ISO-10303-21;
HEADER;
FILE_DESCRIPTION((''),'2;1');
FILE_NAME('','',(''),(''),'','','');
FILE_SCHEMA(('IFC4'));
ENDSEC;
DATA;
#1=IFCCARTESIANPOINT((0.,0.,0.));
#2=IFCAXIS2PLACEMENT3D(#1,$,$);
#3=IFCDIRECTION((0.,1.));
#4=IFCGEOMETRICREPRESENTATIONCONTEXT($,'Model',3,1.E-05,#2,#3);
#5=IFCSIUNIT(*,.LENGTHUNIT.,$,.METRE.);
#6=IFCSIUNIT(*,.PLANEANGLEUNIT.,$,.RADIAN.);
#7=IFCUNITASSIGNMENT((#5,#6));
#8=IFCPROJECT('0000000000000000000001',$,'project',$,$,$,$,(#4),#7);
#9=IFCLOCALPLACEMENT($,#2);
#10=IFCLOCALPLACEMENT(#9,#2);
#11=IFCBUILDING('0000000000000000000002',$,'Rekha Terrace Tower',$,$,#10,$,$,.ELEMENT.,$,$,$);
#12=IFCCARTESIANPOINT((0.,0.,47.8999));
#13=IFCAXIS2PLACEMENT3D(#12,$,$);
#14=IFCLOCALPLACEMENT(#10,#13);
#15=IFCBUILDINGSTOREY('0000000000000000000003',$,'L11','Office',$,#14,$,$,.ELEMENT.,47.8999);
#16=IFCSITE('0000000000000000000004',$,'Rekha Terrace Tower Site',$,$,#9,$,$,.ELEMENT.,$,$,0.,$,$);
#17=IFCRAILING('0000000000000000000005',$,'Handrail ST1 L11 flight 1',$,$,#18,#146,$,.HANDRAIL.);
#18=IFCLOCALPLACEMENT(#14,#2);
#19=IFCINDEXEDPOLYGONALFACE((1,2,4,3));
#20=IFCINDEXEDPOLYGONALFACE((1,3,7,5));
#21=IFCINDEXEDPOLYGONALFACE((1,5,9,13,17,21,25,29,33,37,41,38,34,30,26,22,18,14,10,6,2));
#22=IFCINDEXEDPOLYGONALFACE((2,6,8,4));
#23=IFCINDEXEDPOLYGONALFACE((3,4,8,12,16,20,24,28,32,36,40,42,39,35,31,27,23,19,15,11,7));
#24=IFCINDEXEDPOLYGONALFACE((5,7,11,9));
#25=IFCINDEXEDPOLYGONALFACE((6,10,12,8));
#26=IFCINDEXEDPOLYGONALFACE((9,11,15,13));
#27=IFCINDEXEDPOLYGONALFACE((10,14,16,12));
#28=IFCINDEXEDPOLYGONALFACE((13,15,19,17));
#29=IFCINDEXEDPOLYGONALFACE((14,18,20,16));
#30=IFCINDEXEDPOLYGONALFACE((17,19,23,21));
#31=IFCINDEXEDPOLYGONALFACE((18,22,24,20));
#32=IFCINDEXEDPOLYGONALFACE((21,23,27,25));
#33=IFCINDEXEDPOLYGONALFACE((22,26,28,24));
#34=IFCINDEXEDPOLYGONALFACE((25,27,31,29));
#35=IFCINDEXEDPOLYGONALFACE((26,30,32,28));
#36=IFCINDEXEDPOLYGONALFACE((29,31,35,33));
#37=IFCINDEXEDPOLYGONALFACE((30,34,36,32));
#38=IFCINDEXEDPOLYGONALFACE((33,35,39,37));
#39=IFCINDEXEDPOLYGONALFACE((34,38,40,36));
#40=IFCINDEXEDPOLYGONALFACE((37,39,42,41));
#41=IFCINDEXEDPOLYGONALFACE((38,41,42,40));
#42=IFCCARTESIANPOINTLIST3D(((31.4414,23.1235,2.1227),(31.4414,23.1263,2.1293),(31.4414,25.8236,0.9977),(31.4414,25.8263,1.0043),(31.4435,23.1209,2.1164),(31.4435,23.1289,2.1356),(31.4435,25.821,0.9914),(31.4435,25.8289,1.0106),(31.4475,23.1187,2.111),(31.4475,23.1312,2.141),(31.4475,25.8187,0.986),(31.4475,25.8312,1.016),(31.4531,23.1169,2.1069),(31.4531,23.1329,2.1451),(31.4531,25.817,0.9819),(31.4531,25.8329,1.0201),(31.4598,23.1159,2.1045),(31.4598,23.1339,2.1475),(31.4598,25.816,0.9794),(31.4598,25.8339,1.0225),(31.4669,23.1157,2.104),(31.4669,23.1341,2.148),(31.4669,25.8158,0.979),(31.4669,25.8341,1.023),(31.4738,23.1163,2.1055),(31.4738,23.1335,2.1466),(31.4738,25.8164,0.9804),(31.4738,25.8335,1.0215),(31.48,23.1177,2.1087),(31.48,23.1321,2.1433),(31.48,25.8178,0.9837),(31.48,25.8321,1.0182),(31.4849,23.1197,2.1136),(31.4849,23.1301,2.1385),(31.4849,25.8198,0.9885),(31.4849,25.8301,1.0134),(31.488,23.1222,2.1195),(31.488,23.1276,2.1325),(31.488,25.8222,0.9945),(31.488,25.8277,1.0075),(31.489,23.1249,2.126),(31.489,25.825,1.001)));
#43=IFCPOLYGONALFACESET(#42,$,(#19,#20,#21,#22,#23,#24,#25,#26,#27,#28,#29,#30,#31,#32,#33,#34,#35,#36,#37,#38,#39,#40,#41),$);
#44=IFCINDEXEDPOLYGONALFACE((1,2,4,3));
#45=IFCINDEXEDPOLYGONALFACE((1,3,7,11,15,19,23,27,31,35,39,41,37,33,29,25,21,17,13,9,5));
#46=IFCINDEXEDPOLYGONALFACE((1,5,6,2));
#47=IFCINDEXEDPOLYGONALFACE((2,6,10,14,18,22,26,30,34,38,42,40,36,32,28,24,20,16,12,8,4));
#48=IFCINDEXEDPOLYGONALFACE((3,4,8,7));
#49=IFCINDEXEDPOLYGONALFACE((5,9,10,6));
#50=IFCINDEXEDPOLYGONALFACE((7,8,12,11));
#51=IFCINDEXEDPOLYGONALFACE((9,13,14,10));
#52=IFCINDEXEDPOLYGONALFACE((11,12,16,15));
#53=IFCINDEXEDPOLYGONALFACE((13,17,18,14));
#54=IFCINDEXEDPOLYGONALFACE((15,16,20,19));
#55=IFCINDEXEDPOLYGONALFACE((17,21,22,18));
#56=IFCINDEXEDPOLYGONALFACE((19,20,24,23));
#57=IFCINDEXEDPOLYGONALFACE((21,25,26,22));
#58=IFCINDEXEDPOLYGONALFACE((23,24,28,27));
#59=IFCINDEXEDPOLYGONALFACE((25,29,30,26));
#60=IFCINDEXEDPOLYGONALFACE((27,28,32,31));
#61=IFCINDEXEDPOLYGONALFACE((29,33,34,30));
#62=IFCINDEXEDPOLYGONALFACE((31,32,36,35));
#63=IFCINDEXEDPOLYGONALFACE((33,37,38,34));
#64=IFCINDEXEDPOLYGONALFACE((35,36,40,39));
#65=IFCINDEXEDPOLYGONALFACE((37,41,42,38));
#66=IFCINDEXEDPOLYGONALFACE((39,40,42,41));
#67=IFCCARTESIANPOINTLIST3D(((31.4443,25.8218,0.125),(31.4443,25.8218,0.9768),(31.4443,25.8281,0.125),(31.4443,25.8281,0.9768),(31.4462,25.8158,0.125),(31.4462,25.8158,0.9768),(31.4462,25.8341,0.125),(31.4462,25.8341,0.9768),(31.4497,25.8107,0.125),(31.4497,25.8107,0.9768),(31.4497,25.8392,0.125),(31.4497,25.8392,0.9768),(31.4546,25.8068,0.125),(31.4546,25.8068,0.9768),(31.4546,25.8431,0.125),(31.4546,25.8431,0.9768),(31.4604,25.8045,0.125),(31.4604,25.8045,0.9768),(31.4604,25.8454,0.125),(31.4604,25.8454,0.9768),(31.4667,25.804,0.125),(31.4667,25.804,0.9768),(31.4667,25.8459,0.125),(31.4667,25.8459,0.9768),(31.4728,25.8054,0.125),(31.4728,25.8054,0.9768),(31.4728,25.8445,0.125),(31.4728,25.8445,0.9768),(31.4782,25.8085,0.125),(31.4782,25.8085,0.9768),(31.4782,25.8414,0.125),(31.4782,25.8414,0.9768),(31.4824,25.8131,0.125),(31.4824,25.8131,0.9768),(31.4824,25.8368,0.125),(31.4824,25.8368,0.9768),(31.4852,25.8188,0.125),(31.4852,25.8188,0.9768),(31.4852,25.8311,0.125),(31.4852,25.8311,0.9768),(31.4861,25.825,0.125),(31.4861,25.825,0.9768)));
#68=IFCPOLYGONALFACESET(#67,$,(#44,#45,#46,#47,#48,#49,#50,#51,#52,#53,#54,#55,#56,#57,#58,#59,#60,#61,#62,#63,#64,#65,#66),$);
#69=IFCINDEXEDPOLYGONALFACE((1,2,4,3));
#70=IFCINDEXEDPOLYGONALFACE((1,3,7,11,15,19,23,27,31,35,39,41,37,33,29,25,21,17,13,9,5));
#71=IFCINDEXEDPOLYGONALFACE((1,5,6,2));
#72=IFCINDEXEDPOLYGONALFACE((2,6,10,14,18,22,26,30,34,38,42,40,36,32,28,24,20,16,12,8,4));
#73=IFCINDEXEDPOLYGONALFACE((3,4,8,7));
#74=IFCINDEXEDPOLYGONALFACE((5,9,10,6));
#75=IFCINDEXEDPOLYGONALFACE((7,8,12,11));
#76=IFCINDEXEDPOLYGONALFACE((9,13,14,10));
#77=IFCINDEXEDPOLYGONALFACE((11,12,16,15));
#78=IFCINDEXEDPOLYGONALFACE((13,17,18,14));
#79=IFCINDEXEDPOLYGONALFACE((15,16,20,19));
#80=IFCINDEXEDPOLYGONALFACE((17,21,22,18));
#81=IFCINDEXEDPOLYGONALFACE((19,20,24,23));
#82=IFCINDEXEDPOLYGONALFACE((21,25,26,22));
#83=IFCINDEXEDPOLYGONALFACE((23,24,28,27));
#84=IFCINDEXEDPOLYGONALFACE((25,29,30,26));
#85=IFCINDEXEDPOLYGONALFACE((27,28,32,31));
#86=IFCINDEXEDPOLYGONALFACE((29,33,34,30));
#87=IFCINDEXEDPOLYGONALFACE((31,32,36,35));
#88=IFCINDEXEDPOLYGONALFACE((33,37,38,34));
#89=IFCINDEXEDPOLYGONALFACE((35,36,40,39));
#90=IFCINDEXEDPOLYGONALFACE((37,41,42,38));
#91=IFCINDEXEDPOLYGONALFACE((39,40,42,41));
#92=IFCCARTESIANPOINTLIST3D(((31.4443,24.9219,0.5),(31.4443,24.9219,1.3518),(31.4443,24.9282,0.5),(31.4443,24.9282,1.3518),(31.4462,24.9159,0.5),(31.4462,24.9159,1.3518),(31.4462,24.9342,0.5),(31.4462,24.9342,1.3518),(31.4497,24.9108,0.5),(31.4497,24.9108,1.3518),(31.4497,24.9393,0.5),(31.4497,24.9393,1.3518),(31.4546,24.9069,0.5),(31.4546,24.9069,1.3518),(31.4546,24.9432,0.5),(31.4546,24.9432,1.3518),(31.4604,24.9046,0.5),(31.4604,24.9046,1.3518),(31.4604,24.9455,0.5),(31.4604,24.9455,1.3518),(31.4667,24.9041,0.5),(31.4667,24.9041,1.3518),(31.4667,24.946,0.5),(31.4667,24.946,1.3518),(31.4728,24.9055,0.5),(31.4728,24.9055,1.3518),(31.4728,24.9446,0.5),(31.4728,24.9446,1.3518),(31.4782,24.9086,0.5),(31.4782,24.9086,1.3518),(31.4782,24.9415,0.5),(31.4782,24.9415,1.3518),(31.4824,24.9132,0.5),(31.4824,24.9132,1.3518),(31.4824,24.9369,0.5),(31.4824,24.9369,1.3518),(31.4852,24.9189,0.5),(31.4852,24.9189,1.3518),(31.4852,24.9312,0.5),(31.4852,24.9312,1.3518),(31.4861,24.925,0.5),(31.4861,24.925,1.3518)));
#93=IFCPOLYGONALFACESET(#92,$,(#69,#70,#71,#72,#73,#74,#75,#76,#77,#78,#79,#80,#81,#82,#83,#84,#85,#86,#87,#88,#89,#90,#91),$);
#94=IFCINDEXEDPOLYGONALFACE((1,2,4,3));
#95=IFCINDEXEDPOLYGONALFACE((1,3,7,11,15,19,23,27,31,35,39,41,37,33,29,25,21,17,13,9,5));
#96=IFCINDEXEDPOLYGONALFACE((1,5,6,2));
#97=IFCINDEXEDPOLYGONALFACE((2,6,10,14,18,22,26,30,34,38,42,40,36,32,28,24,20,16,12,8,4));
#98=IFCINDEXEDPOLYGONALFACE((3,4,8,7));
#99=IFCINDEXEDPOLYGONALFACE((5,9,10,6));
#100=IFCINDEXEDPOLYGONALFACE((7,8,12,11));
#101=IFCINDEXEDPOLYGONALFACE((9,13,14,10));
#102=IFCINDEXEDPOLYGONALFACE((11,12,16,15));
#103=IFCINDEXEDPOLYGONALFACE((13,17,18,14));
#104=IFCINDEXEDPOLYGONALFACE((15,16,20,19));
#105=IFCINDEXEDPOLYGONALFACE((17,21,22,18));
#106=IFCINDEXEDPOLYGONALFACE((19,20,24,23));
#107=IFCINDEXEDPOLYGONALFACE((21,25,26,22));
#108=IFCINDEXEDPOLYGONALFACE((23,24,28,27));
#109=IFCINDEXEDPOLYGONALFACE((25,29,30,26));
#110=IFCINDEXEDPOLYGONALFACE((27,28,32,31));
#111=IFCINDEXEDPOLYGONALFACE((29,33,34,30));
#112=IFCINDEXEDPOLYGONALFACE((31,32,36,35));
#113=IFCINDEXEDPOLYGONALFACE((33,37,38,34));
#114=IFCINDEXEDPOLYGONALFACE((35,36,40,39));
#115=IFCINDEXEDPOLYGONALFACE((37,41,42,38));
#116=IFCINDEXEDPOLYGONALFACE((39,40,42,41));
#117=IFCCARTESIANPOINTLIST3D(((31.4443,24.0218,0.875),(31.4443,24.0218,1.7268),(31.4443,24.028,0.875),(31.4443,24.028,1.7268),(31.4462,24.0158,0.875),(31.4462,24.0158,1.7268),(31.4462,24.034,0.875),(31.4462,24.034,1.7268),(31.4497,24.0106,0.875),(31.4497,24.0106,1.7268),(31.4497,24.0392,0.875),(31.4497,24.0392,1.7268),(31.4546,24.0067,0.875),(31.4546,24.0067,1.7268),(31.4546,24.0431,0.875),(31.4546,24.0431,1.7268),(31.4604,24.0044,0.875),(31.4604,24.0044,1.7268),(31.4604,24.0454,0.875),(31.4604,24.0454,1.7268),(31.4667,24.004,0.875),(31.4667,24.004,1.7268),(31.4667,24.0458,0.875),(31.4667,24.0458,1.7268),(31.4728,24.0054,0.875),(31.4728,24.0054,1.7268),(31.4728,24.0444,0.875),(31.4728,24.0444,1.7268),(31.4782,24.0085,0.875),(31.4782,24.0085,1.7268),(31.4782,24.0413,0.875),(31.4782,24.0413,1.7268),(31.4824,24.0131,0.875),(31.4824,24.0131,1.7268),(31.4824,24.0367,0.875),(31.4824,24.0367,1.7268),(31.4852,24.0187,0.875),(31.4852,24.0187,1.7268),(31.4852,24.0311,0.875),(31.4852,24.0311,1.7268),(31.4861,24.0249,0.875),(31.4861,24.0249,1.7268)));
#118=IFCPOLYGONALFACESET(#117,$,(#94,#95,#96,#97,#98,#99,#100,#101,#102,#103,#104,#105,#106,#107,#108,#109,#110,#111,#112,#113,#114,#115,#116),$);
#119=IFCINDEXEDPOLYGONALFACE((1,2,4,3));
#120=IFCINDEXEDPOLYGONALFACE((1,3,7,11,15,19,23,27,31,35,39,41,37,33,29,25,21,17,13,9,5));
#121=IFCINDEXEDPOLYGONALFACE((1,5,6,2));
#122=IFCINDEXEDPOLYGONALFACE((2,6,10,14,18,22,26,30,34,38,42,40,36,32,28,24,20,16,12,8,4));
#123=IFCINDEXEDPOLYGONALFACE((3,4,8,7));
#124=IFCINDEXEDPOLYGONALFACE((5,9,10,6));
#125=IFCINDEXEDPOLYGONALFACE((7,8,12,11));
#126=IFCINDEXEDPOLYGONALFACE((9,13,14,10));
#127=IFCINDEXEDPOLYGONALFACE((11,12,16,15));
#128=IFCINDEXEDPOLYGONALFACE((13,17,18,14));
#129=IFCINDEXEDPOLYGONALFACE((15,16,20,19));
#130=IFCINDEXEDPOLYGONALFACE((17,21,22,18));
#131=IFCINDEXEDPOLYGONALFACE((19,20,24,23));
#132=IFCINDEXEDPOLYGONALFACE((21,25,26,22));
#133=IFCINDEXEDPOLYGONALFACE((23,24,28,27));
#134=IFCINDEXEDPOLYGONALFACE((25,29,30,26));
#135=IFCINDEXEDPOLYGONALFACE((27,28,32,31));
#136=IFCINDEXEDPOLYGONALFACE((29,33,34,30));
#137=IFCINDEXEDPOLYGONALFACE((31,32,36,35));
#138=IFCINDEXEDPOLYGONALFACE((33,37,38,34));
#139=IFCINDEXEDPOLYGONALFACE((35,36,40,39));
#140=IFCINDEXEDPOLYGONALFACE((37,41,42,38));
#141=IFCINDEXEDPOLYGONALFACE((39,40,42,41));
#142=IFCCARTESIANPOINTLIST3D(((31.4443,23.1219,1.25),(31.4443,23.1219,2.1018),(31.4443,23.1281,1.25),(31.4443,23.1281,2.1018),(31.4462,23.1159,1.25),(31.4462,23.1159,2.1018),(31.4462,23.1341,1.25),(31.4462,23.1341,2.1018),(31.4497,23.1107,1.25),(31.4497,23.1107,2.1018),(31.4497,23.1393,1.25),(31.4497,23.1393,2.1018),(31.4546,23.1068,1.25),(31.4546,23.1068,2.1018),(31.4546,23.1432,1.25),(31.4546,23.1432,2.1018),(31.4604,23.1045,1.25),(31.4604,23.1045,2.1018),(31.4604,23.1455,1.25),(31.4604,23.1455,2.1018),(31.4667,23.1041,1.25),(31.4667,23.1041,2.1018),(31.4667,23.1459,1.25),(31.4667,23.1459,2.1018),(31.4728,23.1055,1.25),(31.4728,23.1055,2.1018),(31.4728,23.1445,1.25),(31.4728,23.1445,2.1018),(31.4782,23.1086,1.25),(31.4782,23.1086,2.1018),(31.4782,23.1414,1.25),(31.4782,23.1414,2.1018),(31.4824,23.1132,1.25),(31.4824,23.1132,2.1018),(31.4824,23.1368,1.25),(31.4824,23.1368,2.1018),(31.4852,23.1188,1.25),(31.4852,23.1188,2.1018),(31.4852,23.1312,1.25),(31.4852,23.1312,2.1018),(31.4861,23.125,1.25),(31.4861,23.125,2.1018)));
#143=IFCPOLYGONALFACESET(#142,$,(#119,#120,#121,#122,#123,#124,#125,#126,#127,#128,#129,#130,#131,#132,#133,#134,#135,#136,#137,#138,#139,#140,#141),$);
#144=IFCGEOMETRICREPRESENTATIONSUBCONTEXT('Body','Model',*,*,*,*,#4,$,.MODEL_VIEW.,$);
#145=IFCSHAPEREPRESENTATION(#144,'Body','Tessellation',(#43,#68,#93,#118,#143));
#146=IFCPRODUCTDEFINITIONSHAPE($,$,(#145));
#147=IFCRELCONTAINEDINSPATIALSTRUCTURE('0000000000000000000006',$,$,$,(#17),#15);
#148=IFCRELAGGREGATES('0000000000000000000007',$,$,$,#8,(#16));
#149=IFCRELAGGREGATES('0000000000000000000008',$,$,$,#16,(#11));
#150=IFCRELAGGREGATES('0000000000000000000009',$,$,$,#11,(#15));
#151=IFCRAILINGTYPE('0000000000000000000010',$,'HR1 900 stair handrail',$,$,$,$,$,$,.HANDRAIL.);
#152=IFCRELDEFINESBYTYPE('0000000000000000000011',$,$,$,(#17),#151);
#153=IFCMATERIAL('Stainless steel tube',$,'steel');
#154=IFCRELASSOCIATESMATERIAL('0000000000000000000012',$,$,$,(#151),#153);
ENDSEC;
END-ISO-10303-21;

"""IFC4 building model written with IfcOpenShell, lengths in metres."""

from ifc_helpers import new_model, si_unit, direction, frame, origin, origin_2d, place, context, subcontext, project, spatial, circle, extrude, material, type_object, element, save


model = new_model("IFC4")

# Units and contexts
model_context = context("Model", 3, precision=1e-05, world=origin(), true_north=direction((0.0, 1.0)))
body_context = subcontext(model_context, "Body", "Model", "MODEL_VIEW")
ifc_project = project(units=[si_unit("LENGTHUNIT", "METRE"), si_unit("PLANEANGLEUNIT", "RADIAN")], contexts=[model_context])

# Site, building, storey
site_placement = place(None, origin())
site = spatial("IfcSite", under=ifc_project, at=site_placement, Name="Rekha Terrace Tower Site", CompositionType="ELEMENT", RefElevation=0.0)
building_placement = place(site_placement, origin())
building = spatial("IfcBuilding", under=site, at=building_placement, Name="Rekha Terrace Tower", CompositionType="ELEMENT")
storey_placement = place(building_placement, frame((0.0, 0.0, 47.8999)))
storey = spatial("IfcBuildingStorey", under=building, at=storey_placement, Name="L11", Description="Office", CompositionType="ELEMENT", Elevation=47.8999)

# Railing
ifc_material_1 = material(Name="Stainless steel tube", Category="steel")
railing_type_1 = type_object("IfcRailingType", Name="HR1 900 stair handrail", PredefinedType="HANDRAIL", material=ifc_material_1)
railing_1_placement = place(storey_placement, frame((31.4651, 25.825, 0.125)))
element("IfcRailing", 1, at=railing_1_placement, inside=storey, type_object=railing_type_1, Name="Handrail ST1 L11 flight 1", PredefinedType="HANDRAIL", context=body_context, shape_type="SweptSolid", body=[
    extrude(circle(Radius=0.0239, at=origin_2d()), frame((0.0, 0.0, 0.876), z_axis=(0.0, -0.923074, 0.384621), x_axis=(1.0, 0.0, 0.0)), (0.0, 0.0, 1.0), 2.925),
    extrude(circle(Radius=0.021, at=origin_2d()), origin(), (0.0, 0.0, 1.0), 0.8518),
    extrude(circle(Radius=0.021, at=origin_2d()), frame((0.0, -0.8999, 0.375)), (0.0, 0.0, 1.0), 0.8518),
    extrude(circle(Radius=0.021, at=origin_2d()), frame((0.0, -1.8, 0.75)), (0.0, 0.0, 1.0), 0.8518),
    extrude(circle(Radius=0.021, at=origin_2d()), frame((0.0, -2.7, 1.125)), (0.0, 0.0, 1.0), 0.8518),
])

save(model, "model.ifc")
